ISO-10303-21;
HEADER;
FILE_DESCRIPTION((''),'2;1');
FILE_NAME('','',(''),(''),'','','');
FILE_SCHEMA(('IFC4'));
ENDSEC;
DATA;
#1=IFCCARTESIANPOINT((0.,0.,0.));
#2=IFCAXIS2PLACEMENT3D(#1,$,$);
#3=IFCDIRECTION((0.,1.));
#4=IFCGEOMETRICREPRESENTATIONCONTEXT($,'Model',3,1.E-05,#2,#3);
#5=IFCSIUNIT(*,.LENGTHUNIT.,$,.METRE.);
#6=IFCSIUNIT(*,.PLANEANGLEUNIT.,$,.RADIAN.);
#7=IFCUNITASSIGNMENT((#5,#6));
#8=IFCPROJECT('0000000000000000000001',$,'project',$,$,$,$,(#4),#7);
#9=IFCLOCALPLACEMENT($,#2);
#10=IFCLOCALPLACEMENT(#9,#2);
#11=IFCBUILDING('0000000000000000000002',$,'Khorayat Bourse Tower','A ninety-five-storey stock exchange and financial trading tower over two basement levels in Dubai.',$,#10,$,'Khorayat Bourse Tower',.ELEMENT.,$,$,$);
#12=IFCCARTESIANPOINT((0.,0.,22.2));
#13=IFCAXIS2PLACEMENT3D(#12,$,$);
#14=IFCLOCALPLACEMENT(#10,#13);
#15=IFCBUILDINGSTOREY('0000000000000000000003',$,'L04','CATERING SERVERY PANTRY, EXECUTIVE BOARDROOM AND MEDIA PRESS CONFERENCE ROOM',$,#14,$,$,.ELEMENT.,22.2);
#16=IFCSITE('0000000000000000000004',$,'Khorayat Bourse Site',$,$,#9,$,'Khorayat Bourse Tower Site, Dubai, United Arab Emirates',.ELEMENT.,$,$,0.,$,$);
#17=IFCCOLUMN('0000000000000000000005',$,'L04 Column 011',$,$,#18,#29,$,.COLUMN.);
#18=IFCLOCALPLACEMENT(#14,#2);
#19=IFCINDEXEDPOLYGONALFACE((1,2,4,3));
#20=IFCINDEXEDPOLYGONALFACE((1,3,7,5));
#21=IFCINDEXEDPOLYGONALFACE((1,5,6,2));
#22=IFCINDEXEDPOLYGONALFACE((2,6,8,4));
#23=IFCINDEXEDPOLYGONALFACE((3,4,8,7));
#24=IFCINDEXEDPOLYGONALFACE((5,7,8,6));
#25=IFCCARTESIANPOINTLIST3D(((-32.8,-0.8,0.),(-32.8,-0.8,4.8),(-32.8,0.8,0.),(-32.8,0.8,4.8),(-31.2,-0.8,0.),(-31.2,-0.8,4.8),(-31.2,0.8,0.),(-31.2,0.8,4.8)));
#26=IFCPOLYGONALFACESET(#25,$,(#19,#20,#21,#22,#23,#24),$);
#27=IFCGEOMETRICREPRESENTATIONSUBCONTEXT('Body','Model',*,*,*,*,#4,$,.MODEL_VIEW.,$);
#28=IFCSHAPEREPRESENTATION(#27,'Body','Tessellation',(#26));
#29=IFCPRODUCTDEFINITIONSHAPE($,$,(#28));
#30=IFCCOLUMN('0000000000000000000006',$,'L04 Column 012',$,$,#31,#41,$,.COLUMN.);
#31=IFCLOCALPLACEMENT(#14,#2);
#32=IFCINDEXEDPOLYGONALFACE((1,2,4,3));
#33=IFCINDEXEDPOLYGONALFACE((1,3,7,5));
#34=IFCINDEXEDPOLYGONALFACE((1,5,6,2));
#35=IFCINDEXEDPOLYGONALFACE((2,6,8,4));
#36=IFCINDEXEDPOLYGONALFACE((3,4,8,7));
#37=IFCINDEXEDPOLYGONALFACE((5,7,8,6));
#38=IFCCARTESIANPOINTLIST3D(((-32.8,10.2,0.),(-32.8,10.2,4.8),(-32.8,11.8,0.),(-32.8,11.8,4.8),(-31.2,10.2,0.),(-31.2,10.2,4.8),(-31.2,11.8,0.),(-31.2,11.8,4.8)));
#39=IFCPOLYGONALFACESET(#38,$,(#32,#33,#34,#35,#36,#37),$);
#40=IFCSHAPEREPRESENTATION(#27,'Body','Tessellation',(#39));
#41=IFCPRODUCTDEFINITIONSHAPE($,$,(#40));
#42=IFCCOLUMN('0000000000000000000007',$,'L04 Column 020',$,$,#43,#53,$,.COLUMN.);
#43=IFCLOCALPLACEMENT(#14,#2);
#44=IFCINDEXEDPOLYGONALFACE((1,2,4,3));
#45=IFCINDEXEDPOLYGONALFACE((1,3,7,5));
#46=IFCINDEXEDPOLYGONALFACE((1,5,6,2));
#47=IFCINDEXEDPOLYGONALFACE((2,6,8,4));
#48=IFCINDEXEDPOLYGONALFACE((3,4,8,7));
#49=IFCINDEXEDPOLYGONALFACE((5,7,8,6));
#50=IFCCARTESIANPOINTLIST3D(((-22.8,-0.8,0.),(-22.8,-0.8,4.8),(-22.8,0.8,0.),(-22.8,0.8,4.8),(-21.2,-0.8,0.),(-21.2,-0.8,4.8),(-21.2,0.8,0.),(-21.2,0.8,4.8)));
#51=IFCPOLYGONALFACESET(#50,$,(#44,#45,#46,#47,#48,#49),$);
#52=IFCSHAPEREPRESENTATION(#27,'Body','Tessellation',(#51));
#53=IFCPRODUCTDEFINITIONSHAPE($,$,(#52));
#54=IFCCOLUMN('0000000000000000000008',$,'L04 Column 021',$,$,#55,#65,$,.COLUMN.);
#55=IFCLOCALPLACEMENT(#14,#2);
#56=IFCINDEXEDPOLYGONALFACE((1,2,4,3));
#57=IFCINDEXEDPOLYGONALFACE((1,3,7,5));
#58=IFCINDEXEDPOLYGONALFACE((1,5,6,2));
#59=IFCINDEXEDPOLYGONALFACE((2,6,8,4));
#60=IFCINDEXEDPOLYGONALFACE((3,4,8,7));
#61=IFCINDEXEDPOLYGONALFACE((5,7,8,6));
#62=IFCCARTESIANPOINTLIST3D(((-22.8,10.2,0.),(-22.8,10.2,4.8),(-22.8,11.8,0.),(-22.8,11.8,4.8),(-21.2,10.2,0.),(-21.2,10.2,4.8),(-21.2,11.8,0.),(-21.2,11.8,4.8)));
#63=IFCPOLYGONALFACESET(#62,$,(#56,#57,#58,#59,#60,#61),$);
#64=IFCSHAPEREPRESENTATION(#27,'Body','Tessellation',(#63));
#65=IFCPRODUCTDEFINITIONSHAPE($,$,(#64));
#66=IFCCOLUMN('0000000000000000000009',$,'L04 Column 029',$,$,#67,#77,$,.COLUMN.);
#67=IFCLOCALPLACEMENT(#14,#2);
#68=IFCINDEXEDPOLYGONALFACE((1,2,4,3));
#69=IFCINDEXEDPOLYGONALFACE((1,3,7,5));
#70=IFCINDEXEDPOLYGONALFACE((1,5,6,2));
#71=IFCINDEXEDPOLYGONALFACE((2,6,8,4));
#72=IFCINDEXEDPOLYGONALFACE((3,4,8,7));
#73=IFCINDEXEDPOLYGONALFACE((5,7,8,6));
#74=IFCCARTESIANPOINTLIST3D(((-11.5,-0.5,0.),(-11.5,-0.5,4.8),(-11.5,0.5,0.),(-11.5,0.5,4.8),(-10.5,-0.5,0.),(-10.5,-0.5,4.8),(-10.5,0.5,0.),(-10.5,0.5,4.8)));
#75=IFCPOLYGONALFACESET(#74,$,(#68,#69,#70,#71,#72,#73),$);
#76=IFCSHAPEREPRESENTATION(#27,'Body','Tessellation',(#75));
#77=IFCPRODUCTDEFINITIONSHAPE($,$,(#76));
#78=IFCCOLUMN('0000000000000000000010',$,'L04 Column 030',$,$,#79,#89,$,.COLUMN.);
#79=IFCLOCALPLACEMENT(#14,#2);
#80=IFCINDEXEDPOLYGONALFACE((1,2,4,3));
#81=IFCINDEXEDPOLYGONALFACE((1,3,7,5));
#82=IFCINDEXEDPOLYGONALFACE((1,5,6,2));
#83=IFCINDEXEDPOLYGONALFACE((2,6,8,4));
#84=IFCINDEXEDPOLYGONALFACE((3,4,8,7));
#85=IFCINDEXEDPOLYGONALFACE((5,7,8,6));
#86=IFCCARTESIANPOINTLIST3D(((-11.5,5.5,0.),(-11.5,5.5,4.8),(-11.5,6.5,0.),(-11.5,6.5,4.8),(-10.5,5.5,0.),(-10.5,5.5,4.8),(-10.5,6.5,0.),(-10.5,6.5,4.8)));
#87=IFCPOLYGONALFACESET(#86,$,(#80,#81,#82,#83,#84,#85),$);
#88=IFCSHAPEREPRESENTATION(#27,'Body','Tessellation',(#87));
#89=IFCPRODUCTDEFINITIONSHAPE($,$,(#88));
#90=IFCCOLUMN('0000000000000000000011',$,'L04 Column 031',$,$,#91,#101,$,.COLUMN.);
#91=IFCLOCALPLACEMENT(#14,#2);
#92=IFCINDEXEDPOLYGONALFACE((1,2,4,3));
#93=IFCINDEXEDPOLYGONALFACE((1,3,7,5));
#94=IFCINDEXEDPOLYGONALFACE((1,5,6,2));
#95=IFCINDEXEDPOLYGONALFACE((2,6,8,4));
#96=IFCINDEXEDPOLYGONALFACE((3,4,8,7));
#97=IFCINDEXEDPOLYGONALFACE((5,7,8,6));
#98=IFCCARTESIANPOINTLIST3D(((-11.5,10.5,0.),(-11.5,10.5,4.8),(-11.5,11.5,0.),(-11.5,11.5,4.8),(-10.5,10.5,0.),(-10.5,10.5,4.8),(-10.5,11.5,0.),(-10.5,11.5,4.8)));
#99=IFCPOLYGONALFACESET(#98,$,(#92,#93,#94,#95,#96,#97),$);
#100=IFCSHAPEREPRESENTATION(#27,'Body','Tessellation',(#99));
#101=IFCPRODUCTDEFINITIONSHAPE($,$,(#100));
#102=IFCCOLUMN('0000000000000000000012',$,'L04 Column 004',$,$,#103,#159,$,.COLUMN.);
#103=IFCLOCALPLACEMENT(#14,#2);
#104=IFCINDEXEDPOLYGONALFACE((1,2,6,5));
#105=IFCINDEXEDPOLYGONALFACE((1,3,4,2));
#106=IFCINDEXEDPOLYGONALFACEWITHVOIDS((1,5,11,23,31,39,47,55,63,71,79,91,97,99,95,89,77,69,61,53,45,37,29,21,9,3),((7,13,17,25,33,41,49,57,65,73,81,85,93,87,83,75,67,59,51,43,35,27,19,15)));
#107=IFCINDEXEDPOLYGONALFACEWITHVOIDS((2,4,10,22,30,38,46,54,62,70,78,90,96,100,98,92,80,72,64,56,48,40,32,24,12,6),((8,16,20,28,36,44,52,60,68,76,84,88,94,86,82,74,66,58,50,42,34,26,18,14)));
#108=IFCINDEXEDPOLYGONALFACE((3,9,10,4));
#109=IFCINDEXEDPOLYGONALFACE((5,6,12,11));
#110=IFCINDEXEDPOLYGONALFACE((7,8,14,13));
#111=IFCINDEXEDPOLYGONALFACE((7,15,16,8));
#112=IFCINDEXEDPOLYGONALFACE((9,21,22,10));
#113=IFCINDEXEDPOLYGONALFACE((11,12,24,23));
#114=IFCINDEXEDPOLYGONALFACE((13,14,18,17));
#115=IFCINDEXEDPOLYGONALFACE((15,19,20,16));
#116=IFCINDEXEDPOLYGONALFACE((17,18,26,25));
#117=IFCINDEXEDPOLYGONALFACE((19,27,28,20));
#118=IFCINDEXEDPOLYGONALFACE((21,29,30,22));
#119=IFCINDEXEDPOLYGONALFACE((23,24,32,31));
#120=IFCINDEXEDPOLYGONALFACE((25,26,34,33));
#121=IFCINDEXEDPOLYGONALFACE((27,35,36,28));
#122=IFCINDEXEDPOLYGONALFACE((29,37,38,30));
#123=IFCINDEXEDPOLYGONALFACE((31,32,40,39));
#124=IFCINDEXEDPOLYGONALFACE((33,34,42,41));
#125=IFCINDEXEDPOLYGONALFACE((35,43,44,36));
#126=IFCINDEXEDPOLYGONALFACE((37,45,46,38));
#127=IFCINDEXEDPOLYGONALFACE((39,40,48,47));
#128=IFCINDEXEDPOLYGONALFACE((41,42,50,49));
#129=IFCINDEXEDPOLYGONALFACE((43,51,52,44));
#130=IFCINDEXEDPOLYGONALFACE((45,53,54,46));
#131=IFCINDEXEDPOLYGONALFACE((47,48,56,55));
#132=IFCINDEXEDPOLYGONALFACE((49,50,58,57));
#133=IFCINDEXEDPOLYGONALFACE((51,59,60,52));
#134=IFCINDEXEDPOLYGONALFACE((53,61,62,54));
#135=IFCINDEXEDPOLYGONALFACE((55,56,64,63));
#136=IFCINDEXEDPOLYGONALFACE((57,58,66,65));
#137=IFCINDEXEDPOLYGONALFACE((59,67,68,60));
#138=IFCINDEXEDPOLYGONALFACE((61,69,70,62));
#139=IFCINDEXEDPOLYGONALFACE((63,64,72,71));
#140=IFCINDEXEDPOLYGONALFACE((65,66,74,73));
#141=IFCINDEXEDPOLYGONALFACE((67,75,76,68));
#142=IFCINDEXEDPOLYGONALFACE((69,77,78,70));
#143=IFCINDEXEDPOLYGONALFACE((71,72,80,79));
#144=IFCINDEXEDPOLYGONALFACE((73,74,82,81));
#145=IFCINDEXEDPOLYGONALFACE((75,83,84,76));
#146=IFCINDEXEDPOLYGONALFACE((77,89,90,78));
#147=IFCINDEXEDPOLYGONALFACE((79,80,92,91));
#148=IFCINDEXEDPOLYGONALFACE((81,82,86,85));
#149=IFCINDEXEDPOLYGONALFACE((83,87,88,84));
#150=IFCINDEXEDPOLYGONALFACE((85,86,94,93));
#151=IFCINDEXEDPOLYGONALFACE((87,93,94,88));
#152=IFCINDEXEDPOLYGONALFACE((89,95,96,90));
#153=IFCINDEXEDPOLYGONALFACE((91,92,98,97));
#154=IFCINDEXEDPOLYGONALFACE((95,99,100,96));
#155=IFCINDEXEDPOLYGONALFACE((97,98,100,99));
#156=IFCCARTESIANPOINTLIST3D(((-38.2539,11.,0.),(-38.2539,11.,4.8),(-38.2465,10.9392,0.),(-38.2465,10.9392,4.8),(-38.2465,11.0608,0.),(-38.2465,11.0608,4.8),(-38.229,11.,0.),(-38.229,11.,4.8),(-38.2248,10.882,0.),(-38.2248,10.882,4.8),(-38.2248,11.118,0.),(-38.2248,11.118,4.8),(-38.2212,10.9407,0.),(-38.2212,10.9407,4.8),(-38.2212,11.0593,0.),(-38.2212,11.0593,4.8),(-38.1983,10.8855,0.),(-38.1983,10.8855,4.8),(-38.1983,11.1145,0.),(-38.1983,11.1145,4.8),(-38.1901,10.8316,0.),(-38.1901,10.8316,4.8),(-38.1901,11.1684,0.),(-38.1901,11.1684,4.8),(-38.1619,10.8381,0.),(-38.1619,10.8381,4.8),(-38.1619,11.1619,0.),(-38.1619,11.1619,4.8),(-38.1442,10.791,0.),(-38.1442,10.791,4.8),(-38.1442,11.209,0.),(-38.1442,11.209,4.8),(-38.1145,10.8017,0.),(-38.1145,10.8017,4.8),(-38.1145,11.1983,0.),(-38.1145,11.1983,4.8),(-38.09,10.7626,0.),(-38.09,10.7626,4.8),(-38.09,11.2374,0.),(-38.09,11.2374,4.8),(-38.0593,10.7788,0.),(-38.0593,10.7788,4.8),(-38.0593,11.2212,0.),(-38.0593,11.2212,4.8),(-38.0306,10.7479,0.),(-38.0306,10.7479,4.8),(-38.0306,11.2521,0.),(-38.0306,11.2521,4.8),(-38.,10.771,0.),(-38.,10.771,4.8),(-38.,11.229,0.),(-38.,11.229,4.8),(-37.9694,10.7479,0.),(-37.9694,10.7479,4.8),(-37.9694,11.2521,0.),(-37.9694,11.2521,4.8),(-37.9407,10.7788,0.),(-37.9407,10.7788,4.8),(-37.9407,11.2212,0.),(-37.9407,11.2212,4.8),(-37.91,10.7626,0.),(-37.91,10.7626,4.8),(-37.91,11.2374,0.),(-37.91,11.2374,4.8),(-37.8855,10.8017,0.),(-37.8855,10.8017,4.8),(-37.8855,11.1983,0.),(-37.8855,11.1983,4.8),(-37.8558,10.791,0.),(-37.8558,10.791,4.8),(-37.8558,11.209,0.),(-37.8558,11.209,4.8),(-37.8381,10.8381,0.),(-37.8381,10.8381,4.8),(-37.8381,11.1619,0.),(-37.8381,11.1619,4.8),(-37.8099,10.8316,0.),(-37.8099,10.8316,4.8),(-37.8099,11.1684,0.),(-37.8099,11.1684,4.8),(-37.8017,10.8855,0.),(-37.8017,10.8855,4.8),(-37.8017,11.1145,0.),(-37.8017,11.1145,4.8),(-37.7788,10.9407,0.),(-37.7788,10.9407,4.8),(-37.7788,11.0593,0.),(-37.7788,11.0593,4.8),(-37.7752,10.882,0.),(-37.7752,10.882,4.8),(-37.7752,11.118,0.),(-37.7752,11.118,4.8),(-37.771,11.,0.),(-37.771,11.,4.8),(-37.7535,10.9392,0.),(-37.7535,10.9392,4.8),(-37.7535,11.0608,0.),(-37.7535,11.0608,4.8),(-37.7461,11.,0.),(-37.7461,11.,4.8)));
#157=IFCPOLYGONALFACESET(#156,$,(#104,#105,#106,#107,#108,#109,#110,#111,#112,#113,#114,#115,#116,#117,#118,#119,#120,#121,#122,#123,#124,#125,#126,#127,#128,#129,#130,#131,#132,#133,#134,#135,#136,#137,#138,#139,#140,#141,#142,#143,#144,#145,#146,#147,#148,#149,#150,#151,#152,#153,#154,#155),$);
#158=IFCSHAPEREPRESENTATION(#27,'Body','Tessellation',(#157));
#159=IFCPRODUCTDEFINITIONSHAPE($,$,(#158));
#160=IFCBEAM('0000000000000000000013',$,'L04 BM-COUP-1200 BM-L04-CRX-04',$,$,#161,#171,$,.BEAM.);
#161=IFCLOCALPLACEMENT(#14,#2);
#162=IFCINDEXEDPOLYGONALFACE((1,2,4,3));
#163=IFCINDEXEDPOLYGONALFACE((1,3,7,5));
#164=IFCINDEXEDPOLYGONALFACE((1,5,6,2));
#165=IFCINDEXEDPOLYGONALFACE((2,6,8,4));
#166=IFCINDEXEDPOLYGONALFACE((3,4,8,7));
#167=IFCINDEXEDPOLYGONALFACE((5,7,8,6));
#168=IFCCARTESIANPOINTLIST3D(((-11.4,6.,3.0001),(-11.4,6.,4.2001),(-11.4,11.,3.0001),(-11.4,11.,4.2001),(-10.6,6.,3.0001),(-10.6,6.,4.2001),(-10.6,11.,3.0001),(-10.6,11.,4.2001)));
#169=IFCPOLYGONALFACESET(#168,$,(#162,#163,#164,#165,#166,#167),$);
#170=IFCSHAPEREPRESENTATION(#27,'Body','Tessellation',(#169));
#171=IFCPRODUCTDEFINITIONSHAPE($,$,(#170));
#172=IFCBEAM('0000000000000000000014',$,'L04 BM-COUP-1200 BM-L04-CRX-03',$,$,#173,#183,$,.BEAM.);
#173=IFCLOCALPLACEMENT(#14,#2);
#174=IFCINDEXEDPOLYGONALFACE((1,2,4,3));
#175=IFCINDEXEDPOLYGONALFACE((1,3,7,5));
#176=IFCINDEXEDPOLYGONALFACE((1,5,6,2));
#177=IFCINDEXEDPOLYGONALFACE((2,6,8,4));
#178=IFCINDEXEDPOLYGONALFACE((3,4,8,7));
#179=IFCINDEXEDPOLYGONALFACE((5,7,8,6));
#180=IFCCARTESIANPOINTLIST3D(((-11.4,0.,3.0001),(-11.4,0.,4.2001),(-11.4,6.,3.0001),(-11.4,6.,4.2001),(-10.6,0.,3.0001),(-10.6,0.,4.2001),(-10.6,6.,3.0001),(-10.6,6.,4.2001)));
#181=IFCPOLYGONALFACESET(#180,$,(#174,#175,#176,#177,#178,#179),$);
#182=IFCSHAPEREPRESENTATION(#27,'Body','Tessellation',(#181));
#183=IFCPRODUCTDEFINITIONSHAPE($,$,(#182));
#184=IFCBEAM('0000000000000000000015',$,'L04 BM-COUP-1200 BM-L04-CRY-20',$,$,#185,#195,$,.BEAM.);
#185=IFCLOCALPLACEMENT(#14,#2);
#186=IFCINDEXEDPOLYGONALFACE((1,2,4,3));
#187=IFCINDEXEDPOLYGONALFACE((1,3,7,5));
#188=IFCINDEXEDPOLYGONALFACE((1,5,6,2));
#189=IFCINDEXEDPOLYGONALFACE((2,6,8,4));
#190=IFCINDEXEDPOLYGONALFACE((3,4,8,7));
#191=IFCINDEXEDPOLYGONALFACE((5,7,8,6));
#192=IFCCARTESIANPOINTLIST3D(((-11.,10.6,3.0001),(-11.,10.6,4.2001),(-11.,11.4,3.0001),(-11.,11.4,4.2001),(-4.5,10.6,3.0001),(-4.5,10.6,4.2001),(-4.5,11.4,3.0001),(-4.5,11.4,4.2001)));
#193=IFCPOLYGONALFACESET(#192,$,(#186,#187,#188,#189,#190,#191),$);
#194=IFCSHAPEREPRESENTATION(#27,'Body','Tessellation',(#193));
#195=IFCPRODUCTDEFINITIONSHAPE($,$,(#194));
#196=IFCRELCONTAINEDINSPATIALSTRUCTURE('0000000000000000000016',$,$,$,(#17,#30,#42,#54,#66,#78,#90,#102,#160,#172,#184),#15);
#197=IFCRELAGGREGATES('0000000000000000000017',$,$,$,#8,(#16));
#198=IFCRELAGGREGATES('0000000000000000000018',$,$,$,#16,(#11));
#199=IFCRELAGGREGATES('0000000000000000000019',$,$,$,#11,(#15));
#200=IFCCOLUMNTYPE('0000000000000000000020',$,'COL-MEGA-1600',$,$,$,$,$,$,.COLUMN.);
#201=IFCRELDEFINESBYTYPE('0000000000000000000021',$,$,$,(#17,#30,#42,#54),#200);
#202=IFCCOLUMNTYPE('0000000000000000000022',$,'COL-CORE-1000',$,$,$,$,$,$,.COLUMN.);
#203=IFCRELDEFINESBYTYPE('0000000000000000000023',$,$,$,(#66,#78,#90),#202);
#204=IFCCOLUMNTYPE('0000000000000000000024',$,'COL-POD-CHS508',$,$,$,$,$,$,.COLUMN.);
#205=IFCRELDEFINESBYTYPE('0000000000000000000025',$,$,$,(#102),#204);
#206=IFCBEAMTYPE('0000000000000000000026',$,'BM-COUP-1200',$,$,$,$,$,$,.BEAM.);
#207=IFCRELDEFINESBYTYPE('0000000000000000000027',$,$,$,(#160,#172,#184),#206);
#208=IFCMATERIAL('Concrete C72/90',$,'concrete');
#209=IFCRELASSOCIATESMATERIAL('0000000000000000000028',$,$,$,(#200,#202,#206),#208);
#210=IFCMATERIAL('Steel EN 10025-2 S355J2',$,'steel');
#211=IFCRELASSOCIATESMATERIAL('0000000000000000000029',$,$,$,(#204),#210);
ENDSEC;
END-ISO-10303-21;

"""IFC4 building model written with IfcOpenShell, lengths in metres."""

from ifc_helpers import new_model, si_unit, direction, frame, origin, origin_2d, place, context, subcontext, project, spatial, rectangle, hollow_circle, extrude, source, transform, mapped, material, material_profile, profile_set, type_object, element, save


model = new_model("IFC4")

# Units and contexts
model_context = context("Model", 3, precision=1e-05, world=origin(), true_north=direction((0.0, 1.0)))
body_context = subcontext(model_context, "Body", "Model", "MODEL_VIEW")
ifc_project = project(units=[si_unit("LENGTHUNIT", "METRE"), si_unit("PLANEANGLEUNIT", "RADIAN")], contexts=[model_context])

# Site, building, storey
site_placement = place(None, origin())
site = spatial("IfcSite", under=ifc_project, at=site_placement, Name="Khorayat Bourse Site", LongName="Khorayat Bourse Tower Site, Dubai, United Arab Emirates", CompositionType="ELEMENT", RefElevation=0.0)
building_placement = place(site_placement, origin())
building = spatial("IfcBuilding", under=site, at=building_placement, Name="Khorayat Bourse Tower", Description="A ninety-five-storey stock exchange and financial trading tower over two basement levels in Dubai.", LongName="Khorayat Bourse Tower", CompositionType="ELEMENT")
storey_placement = place(building_placement, frame((0.0, 0.0, 22.2)))
storey = spatial("IfcBuildingStorey", under=building, at=storey_placement, Name="L04", Description="CATERING SERVERY PANTRY, EXECUTIVE BOARDROOM AND MEDIA PRESS CONFERENCE ROOM", CompositionType="ELEMENT", Elevation=22.2)

# Columns
ifc_material_1 = material(Name="Concrete C72/90", Category="concrete")
ifc_material_profile_1 = material_profile(ifc_material_1, rectangle(XDim=1.6001, YDim=1.6001, at=origin_2d()), Name="RC 1600x1600")
ifc_profile_set_1 = profile_set([ifc_material_profile_1], Name="Concrete C72/90")
column_type_1 = type_object("IfcColumnType", Name="COL-MEGA-1600", PredefinedType="COLUMN", material=ifc_profile_set_1)
shared_shape_1 = source(origin(), body_context, "Body", "SweptSolid", [
    extrude(rectangle(XDim=1.6001, YDim=1.6001, at=origin_2d()), origin(), (0.0, 0.0, 1.0), 4.8),
])
for number, where, z_axis, x_axis, name in (
    (1, (-32.0, 0.0, 0.0), (0.0, 0.0, 1.0), (1.0, 0.0, 0.0), "L04 Column 011"),
    (2, (-32.0, 11.0, 0.0), (0.0, 0.0, 1.0), (1.0, 0.0, 0.0), "L04 Column 012"),
    (3, (-22.0, 0.0, 0.0), (0.0, 0.0, 1.0), (1.0, 0.0, 0.0), "L04 Column 020"),
    (4, (-22.0, 11.0, 0.0), (0.0, 0.0, 1.0), (1.0, 0.0, 0.0), "L04 Column 021"),
):
    element("IfcColumn", number, at=place(storey_placement, frame(where, z_axis=z_axis, x_axis=x_axis)), inside=storey, type_object=column_type_1, Name=name, PredefinedType="COLUMN", context=body_context, shape_type="MappedRepresentation", body=[
        mapped(shared_shape_1, transform((0.0, 0.0, 0.0), scale=1.0)),
    ])
ifc_material_profile_2 = material_profile(ifc_material_1, rectangle(XDim=1.0, YDim=1.0, at=origin_2d()), Name="RC 1000x1000")
ifc_profile_set_2 = profile_set([ifc_material_profile_2], Name="Concrete C72/90")
column_type_2 = type_object("IfcColumnType", Name="COL-CORE-1000", PredefinedType="COLUMN", material=ifc_profile_set_2)
shared_shape_2 = source(origin(), body_context, "Body", "SweptSolid", [
    extrude(rectangle(XDim=1.0, YDim=1.0, at=origin_2d()), origin(), (0.0, 0.0, 1.0), 4.8),
])
for number, where, z_axis, x_axis, name in (
    (5, (-11.0, 0.0, 0.0), (0.0, 0.0, 1.0), (1.0, 0.0, 0.0), "L04 Column 029"),
    (6, (-11.0, 6.0, 0.0), (0.0, 0.0, 1.0), (1.0, 0.0, 0.0), "L04 Column 030"),
    (7, (-11.0, 11.0, 0.0), (0.0, 0.0, 1.0), (1.0, 0.0, 0.0), "L04 Column 031"),
):
    element("IfcColumn", number, at=place(storey_placement, frame(where, z_axis=z_axis, x_axis=x_axis)), inside=storey, type_object=column_type_2, Name=name, PredefinedType="COLUMN", context=body_context, shape_type="MappedRepresentation", body=[
        mapped(shared_shape_2, transform((0.0, 0.0, 0.0), scale=1.0)),
    ])
ifc_material_2 = material(Name="Steel EN 10025-2 S355J2", Category="steel")
ifc_material_profile_3 = material_profile(ifc_material_2, hollow_circle(Radius=0.2539, WallThickness=0.0249, at=origin_2d()), Name="CHS 508x25")
ifc_profile_set_3 = profile_set([ifc_material_profile_3], Name="Steel EN 10025-2 S355J2")
column_type_3 = type_object("IfcColumnType", Name="COL-POD-CHS508", PredefinedType="COLUMN", material=ifc_profile_set_3)
shared_shape_3 = source(origin(), body_context, "Body", "SweptSolid", [
    extrude(hollow_circle(Radius=0.2539, WallThickness=0.0249, at=origin_2d()), origin(), (0.0, 0.0, 1.0), 4.8),
])
column_placement = place(storey_placement, frame((-38.0, 11.0, 0.0), z_axis=(0.0, 0.0, 1.0), x_axis=(1.0, 0.0, 0.0)))
element("IfcColumn", 8, at=column_placement, inside=storey, type_object=column_type_3, Name="L04 Column 004", PredefinedType="COLUMN", context=body_context, shape_type="MappedRepresentation", body=[
    mapped(shared_shape_3, transform((0.0, 0.0, 0.0), scale=1.0)),
])

# Beams
ifc_material_profile_4 = material_profile(ifc_material_1, rectangle(XDim=0.8, YDim=1.2, at=origin_2d()), Name="RC 800x1200")
ifc_profile_set_4 = profile_set([ifc_material_profile_4], Name="Concrete C72/90")
beam_type_1 = type_object("IfcBeamType", Name="BM-COUP-1200", PredefinedType="BEAM", material=ifc_profile_set_4)
shared_shape_4 = source(origin(), body_context, "Body", "SweptSolid", [
    extrude(rectangle(XDim=0.8, YDim=1.2, at=origin_2d()), origin(), (0.0, 0.0, 1.0), 5.0),
])
beam_1_placement = place(storey_placement, frame((-11.0, 6.0, 3.6001), z_axis=(0.0, 1.0, 0.0), x_axis=(-1.0, 0.0, 0.0)))
element("IfcBeam", 9, at=beam_1_placement, inside=storey, type_object=beam_type_1, Name="L04 BM-COUP-1200 BM-L04-CRX-04", PredefinedType="BEAM", context=body_context, shape_type="MappedRepresentation", body=[
    mapped(shared_shape_4, transform((0.0, 0.0, 0.0), scale=1.0)),
])
shared_shape_5 = source(origin(), body_context, "Body", "SweptSolid", [
    extrude(rectangle(XDim=0.8, YDim=1.2, at=origin_2d()), origin(), (0.0, 0.0, 1.0), 6.0),
])
beam_2_placement = place(storey_placement, frame((-11.0, 0.0, 3.6001), z_axis=(0.0, 1.0, 0.0), x_axis=(-1.0, 0.0, 0.0)))
element("IfcBeam", 10, at=beam_2_placement, inside=storey, type_object=beam_type_1, Name="L04 BM-COUP-1200 BM-L04-CRX-03", PredefinedType="BEAM", context=body_context, shape_type="MappedRepresentation", body=[
    mapped(shared_shape_5, transform((0.0, 0.0, 0.0), scale=1.0)),
])
shared_shape_6 = source(origin(), body_context, "Body", "SweptSolid", [
    extrude(rectangle(XDim=0.8, YDim=1.2, at=origin_2d()), origin(), (0.0, 0.0, 1.0), 6.5),
])
beam_3_placement = place(storey_placement, frame((-11.0, 11.0, 3.6001), z_axis=(1.0, 0.0, 0.0), x_axis=(0.0, 1.0, 0.0)))
element("IfcBeam", 11, at=beam_3_placement, inside=storey, type_object=beam_type_1, Name="L04 BM-COUP-1200 BM-L04-CRY-20", PredefinedType="BEAM", context=body_context, shape_type="MappedRepresentation", body=[
    mapped(shared_shape_6, transform((0.0, 0.0, 0.0), scale=1.0)),
])

save(model, "model.ifc")
